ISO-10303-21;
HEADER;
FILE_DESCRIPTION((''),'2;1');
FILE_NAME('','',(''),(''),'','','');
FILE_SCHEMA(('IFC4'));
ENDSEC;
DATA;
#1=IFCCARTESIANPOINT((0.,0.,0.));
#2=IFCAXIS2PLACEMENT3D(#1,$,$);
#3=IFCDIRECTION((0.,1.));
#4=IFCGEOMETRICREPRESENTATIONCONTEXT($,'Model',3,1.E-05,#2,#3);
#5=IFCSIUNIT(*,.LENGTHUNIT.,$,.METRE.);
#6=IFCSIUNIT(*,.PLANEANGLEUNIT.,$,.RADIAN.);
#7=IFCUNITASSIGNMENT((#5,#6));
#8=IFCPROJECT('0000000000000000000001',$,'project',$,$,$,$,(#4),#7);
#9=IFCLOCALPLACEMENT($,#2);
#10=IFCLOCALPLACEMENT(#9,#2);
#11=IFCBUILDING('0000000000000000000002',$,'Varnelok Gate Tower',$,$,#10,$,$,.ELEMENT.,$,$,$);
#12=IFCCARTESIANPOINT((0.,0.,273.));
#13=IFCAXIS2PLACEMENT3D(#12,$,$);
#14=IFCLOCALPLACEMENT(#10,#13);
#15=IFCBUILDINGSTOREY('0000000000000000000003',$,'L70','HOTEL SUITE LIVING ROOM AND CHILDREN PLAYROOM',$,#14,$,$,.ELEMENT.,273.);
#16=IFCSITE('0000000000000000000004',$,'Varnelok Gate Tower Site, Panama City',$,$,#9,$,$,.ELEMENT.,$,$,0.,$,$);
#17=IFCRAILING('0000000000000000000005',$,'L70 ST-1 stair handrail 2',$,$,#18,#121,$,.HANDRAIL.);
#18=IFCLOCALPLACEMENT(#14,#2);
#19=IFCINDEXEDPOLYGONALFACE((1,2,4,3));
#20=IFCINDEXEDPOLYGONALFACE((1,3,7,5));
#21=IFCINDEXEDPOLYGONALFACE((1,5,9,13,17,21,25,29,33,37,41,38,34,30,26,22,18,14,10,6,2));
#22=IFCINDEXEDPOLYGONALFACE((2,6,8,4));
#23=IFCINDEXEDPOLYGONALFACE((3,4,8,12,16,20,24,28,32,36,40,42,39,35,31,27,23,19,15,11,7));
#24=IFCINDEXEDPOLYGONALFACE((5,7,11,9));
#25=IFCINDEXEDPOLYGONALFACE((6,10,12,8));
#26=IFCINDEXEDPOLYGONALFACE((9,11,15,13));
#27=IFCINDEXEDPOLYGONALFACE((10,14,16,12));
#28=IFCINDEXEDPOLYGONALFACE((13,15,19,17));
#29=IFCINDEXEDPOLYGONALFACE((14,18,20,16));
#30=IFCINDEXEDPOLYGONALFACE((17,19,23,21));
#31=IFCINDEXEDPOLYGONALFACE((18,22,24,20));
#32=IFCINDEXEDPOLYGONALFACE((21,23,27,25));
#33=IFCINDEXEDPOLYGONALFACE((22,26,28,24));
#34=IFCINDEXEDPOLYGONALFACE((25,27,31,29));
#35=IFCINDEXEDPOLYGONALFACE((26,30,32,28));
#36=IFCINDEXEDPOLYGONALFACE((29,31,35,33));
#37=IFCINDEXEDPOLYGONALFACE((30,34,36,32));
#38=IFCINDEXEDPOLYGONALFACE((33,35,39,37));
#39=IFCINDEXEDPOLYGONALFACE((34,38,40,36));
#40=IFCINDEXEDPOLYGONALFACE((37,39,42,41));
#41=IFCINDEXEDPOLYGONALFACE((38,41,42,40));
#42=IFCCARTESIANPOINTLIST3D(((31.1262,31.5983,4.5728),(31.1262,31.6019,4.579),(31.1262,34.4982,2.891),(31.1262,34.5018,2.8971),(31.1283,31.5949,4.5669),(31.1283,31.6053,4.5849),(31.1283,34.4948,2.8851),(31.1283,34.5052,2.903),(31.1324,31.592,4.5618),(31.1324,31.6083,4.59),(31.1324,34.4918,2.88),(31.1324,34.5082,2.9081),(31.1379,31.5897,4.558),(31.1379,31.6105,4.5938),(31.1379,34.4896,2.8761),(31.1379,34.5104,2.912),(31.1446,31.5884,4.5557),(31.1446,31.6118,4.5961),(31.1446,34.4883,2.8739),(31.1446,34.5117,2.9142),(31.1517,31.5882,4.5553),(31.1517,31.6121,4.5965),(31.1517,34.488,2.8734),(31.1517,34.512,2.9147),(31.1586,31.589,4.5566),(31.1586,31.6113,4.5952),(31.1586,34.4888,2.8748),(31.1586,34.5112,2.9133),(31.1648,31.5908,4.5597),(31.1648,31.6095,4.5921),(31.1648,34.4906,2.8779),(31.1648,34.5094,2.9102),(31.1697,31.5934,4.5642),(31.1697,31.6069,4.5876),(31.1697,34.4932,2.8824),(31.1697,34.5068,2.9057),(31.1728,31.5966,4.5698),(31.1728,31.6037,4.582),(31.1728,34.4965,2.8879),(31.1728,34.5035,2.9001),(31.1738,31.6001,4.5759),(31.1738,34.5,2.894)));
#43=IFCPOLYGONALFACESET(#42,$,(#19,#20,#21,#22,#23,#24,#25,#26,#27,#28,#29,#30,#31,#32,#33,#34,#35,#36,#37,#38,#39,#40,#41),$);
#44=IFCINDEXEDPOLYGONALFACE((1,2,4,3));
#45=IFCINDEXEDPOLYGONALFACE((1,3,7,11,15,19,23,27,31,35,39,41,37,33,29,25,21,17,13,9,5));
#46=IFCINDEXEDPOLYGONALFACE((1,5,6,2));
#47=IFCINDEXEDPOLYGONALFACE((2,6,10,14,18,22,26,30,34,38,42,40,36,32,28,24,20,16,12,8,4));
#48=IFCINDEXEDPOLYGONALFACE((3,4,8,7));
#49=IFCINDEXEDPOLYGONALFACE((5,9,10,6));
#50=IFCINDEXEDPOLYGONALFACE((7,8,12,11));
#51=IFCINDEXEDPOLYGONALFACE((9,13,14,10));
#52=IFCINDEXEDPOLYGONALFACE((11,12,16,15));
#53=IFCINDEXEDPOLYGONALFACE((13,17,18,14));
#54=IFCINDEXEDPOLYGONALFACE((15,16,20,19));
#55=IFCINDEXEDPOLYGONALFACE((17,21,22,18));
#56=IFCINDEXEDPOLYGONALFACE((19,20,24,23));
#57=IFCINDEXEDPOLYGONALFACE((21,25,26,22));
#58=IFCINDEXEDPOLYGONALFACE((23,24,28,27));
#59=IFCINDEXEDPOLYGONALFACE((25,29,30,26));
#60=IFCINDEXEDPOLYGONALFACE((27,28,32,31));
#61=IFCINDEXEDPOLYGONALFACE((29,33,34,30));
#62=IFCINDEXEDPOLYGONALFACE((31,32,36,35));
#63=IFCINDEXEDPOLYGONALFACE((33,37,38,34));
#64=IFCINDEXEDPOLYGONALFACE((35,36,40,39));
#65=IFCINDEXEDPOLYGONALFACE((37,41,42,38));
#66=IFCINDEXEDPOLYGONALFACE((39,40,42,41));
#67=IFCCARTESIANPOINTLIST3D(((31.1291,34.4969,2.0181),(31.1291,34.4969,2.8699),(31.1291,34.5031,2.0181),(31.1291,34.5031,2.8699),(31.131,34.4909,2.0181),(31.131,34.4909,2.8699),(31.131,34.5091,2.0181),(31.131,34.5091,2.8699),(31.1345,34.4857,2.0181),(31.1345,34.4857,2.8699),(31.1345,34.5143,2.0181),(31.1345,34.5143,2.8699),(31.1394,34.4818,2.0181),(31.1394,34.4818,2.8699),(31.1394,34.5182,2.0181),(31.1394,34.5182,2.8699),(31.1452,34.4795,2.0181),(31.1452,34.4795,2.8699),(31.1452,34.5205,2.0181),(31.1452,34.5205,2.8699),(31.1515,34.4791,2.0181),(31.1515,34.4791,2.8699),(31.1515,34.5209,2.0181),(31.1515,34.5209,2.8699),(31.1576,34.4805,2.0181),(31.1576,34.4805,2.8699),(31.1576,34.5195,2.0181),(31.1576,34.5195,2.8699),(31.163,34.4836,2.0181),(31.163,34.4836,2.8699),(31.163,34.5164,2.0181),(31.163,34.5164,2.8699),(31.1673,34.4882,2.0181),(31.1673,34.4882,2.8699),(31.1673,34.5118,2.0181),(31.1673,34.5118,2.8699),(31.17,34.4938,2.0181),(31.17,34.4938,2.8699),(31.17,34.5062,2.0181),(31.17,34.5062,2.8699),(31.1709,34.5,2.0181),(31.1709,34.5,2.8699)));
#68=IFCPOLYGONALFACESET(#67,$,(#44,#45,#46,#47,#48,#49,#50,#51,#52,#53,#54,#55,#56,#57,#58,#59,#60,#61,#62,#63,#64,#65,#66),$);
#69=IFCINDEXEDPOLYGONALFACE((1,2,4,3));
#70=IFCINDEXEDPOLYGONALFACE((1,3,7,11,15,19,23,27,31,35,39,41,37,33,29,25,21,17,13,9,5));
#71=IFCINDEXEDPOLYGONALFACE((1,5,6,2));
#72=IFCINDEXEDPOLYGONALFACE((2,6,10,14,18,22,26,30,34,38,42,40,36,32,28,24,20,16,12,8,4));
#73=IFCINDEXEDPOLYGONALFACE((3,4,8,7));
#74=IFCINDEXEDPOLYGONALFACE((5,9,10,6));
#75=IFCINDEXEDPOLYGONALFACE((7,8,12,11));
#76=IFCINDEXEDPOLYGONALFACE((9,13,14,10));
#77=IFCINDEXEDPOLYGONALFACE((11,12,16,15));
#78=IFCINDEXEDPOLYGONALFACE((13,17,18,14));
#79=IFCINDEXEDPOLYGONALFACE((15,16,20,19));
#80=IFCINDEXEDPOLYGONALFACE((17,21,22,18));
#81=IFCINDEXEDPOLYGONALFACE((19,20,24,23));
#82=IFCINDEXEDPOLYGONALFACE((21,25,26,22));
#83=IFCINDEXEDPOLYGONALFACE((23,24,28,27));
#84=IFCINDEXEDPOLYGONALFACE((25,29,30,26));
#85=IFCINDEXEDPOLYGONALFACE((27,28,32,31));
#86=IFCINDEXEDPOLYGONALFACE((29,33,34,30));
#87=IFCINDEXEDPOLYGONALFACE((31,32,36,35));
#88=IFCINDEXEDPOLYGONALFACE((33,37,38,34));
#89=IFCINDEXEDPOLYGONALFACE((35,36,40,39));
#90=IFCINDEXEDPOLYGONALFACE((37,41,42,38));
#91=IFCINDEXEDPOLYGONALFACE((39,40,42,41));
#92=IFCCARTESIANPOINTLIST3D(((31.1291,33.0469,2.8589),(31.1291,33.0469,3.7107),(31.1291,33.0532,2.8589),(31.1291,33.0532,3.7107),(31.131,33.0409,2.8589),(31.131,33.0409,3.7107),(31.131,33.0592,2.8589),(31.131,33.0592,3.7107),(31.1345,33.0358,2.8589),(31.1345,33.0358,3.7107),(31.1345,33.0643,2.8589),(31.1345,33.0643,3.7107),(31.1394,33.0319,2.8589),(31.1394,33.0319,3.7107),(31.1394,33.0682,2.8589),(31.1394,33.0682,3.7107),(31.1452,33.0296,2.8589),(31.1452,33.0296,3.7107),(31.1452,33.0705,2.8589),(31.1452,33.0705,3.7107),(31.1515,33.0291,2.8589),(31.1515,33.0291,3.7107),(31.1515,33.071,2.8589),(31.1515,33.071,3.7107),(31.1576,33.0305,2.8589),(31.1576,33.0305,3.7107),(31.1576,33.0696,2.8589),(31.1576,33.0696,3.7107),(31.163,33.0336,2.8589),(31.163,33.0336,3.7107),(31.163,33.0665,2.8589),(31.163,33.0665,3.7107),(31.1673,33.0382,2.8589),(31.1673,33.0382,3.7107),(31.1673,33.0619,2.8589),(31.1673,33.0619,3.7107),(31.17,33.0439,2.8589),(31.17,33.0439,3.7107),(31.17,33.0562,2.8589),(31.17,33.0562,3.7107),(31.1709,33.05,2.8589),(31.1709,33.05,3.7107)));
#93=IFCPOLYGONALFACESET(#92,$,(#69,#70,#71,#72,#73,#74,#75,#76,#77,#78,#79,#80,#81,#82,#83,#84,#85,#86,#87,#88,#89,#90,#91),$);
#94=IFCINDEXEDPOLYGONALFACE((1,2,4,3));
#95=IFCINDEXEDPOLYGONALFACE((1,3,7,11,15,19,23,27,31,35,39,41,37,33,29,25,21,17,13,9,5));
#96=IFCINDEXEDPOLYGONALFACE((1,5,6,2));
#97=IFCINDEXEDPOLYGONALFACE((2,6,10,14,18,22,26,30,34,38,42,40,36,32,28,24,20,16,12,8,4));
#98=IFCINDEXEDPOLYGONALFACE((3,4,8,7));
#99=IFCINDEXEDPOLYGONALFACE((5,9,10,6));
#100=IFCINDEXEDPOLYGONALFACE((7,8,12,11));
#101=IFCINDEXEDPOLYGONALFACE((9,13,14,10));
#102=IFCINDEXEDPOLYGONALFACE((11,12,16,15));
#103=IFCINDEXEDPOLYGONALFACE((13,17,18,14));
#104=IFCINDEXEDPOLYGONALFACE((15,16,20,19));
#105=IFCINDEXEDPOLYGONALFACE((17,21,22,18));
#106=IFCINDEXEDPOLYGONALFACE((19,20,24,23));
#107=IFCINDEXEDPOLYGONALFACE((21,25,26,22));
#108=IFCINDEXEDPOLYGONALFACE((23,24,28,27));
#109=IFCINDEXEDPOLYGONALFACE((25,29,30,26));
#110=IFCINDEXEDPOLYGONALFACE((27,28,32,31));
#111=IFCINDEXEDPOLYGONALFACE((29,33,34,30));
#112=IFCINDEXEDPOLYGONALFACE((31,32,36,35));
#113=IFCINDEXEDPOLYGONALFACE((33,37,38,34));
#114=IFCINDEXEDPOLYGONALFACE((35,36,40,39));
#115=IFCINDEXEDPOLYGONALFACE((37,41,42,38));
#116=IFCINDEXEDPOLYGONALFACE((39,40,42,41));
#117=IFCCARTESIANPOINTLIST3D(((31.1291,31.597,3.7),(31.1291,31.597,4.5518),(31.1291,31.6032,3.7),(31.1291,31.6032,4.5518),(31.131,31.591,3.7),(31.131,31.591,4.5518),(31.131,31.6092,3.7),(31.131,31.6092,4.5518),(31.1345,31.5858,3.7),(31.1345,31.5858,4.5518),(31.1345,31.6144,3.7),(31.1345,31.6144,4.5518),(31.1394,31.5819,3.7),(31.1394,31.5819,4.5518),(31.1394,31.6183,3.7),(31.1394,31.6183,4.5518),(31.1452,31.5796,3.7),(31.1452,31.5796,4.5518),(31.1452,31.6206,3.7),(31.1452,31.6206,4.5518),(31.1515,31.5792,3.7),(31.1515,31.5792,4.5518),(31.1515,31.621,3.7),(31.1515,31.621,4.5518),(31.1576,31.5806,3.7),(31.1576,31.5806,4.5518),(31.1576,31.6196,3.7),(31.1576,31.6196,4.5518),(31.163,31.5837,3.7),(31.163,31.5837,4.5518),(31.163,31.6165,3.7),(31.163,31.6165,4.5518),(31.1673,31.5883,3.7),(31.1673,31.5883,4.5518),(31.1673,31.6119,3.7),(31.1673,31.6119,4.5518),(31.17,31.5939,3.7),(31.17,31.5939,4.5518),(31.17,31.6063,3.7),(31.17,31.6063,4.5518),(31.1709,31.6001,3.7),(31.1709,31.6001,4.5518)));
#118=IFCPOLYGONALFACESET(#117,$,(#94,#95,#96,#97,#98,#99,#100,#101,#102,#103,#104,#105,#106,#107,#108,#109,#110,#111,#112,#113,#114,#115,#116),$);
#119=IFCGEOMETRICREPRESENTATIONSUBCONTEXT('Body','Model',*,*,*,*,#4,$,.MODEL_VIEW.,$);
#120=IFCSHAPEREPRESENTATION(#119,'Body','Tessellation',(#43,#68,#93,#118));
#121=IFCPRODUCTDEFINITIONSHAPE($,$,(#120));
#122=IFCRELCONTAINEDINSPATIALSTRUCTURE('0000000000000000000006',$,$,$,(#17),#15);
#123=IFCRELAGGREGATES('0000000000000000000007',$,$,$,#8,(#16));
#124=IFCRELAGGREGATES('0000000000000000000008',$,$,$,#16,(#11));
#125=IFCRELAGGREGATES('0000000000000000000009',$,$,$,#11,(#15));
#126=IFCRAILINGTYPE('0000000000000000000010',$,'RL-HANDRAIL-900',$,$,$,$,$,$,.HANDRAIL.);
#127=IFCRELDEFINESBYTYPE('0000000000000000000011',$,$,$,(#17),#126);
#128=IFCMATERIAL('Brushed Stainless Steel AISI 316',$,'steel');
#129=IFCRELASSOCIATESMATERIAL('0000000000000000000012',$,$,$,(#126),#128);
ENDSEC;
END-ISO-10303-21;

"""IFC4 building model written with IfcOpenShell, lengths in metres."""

from ifc_helpers import new_model, si_unit, direction, frame, origin, origin_2d, place, context, subcontext, project, spatial, circle, extrude, material, type_object, element, save


model = new_model("IFC4")

# Units and contexts
model_context = context("Model", 3, precision=1e-05, world=origin(), true_north=direction((0.0, 1.0)))
body_context = subcontext(model_context, "Body", "Model", "MODEL_VIEW")
ifc_project = project(units=[si_unit("LENGTHUNIT", "METRE"), si_unit("PLANEANGLEUNIT", "RADIAN")], contexts=[model_context])

# Site, building, storey
site_placement = place(None, origin())
site = spatial("IfcSite", under=ifc_project, at=site_placement, Name="Varnelok Gate Tower Site, Panama City", CompositionType="ELEMENT", RefElevation=0.0)
building_placement = place(site_placement, origin())
building = spatial("IfcBuilding", under=site, at=building_placement, Name="Varnelok Gate Tower", CompositionType="ELEMENT")
storey_placement = place(building_placement, frame((0.0, 0.0, 273.0)))
storey = spatial("IfcBuildingStorey", under=building, at=storey_placement, Name="L70", Description="HOTEL SUITE LIVING ROOM AND CHILDREN PLAYROOM", CompositionType="ELEMENT", Elevation=273.0)

# Railing
ifc_material_1 = material(Name="Brushed Stainless Steel AISI 316", Category="steel")
railing_type_1 = type_object("IfcRailingType", Name="RL-HANDRAIL-900", PredefinedType="HANDRAIL", material=ifc_material_1)
railing_1_placement = place(storey_placement, frame((31.1499, 34.5, 2.0181)))
element("IfcRailing", 1, at=railing_1_placement, inside=storey, type_object=railing_type_1, Name="L70 ST-1 stair handrail 2", PredefinedType="HANDRAIL", context=body_context, shape_type="SweptSolid", body=[
    extrude(circle(Radius=0.0239, at=origin_2d()), frame((0.0, 0.0, 0.876), z_axis=(0.0, -0.865039, 0.501705), x_axis=(1.0, 0.0, 0.0)), (0.0, 0.0, 1.0), 3.3523),
    extrude(circle(Radius=0.021, at=origin_2d()), origin(), (0.0, 0.0, 1.0), 0.8518),
    extrude(circle(Radius=0.021, at=origin_2d()), frame((0.0, -1.45, 0.8408)), (0.0, 0.0, 1.0), 0.8518),
    extrude(circle(Radius=0.021, at=origin_2d()), frame((0.0, -2.8999, 1.6819)), (0.0, 0.0, 1.0), 0.8518),
])

save(model, "model.ifc")
